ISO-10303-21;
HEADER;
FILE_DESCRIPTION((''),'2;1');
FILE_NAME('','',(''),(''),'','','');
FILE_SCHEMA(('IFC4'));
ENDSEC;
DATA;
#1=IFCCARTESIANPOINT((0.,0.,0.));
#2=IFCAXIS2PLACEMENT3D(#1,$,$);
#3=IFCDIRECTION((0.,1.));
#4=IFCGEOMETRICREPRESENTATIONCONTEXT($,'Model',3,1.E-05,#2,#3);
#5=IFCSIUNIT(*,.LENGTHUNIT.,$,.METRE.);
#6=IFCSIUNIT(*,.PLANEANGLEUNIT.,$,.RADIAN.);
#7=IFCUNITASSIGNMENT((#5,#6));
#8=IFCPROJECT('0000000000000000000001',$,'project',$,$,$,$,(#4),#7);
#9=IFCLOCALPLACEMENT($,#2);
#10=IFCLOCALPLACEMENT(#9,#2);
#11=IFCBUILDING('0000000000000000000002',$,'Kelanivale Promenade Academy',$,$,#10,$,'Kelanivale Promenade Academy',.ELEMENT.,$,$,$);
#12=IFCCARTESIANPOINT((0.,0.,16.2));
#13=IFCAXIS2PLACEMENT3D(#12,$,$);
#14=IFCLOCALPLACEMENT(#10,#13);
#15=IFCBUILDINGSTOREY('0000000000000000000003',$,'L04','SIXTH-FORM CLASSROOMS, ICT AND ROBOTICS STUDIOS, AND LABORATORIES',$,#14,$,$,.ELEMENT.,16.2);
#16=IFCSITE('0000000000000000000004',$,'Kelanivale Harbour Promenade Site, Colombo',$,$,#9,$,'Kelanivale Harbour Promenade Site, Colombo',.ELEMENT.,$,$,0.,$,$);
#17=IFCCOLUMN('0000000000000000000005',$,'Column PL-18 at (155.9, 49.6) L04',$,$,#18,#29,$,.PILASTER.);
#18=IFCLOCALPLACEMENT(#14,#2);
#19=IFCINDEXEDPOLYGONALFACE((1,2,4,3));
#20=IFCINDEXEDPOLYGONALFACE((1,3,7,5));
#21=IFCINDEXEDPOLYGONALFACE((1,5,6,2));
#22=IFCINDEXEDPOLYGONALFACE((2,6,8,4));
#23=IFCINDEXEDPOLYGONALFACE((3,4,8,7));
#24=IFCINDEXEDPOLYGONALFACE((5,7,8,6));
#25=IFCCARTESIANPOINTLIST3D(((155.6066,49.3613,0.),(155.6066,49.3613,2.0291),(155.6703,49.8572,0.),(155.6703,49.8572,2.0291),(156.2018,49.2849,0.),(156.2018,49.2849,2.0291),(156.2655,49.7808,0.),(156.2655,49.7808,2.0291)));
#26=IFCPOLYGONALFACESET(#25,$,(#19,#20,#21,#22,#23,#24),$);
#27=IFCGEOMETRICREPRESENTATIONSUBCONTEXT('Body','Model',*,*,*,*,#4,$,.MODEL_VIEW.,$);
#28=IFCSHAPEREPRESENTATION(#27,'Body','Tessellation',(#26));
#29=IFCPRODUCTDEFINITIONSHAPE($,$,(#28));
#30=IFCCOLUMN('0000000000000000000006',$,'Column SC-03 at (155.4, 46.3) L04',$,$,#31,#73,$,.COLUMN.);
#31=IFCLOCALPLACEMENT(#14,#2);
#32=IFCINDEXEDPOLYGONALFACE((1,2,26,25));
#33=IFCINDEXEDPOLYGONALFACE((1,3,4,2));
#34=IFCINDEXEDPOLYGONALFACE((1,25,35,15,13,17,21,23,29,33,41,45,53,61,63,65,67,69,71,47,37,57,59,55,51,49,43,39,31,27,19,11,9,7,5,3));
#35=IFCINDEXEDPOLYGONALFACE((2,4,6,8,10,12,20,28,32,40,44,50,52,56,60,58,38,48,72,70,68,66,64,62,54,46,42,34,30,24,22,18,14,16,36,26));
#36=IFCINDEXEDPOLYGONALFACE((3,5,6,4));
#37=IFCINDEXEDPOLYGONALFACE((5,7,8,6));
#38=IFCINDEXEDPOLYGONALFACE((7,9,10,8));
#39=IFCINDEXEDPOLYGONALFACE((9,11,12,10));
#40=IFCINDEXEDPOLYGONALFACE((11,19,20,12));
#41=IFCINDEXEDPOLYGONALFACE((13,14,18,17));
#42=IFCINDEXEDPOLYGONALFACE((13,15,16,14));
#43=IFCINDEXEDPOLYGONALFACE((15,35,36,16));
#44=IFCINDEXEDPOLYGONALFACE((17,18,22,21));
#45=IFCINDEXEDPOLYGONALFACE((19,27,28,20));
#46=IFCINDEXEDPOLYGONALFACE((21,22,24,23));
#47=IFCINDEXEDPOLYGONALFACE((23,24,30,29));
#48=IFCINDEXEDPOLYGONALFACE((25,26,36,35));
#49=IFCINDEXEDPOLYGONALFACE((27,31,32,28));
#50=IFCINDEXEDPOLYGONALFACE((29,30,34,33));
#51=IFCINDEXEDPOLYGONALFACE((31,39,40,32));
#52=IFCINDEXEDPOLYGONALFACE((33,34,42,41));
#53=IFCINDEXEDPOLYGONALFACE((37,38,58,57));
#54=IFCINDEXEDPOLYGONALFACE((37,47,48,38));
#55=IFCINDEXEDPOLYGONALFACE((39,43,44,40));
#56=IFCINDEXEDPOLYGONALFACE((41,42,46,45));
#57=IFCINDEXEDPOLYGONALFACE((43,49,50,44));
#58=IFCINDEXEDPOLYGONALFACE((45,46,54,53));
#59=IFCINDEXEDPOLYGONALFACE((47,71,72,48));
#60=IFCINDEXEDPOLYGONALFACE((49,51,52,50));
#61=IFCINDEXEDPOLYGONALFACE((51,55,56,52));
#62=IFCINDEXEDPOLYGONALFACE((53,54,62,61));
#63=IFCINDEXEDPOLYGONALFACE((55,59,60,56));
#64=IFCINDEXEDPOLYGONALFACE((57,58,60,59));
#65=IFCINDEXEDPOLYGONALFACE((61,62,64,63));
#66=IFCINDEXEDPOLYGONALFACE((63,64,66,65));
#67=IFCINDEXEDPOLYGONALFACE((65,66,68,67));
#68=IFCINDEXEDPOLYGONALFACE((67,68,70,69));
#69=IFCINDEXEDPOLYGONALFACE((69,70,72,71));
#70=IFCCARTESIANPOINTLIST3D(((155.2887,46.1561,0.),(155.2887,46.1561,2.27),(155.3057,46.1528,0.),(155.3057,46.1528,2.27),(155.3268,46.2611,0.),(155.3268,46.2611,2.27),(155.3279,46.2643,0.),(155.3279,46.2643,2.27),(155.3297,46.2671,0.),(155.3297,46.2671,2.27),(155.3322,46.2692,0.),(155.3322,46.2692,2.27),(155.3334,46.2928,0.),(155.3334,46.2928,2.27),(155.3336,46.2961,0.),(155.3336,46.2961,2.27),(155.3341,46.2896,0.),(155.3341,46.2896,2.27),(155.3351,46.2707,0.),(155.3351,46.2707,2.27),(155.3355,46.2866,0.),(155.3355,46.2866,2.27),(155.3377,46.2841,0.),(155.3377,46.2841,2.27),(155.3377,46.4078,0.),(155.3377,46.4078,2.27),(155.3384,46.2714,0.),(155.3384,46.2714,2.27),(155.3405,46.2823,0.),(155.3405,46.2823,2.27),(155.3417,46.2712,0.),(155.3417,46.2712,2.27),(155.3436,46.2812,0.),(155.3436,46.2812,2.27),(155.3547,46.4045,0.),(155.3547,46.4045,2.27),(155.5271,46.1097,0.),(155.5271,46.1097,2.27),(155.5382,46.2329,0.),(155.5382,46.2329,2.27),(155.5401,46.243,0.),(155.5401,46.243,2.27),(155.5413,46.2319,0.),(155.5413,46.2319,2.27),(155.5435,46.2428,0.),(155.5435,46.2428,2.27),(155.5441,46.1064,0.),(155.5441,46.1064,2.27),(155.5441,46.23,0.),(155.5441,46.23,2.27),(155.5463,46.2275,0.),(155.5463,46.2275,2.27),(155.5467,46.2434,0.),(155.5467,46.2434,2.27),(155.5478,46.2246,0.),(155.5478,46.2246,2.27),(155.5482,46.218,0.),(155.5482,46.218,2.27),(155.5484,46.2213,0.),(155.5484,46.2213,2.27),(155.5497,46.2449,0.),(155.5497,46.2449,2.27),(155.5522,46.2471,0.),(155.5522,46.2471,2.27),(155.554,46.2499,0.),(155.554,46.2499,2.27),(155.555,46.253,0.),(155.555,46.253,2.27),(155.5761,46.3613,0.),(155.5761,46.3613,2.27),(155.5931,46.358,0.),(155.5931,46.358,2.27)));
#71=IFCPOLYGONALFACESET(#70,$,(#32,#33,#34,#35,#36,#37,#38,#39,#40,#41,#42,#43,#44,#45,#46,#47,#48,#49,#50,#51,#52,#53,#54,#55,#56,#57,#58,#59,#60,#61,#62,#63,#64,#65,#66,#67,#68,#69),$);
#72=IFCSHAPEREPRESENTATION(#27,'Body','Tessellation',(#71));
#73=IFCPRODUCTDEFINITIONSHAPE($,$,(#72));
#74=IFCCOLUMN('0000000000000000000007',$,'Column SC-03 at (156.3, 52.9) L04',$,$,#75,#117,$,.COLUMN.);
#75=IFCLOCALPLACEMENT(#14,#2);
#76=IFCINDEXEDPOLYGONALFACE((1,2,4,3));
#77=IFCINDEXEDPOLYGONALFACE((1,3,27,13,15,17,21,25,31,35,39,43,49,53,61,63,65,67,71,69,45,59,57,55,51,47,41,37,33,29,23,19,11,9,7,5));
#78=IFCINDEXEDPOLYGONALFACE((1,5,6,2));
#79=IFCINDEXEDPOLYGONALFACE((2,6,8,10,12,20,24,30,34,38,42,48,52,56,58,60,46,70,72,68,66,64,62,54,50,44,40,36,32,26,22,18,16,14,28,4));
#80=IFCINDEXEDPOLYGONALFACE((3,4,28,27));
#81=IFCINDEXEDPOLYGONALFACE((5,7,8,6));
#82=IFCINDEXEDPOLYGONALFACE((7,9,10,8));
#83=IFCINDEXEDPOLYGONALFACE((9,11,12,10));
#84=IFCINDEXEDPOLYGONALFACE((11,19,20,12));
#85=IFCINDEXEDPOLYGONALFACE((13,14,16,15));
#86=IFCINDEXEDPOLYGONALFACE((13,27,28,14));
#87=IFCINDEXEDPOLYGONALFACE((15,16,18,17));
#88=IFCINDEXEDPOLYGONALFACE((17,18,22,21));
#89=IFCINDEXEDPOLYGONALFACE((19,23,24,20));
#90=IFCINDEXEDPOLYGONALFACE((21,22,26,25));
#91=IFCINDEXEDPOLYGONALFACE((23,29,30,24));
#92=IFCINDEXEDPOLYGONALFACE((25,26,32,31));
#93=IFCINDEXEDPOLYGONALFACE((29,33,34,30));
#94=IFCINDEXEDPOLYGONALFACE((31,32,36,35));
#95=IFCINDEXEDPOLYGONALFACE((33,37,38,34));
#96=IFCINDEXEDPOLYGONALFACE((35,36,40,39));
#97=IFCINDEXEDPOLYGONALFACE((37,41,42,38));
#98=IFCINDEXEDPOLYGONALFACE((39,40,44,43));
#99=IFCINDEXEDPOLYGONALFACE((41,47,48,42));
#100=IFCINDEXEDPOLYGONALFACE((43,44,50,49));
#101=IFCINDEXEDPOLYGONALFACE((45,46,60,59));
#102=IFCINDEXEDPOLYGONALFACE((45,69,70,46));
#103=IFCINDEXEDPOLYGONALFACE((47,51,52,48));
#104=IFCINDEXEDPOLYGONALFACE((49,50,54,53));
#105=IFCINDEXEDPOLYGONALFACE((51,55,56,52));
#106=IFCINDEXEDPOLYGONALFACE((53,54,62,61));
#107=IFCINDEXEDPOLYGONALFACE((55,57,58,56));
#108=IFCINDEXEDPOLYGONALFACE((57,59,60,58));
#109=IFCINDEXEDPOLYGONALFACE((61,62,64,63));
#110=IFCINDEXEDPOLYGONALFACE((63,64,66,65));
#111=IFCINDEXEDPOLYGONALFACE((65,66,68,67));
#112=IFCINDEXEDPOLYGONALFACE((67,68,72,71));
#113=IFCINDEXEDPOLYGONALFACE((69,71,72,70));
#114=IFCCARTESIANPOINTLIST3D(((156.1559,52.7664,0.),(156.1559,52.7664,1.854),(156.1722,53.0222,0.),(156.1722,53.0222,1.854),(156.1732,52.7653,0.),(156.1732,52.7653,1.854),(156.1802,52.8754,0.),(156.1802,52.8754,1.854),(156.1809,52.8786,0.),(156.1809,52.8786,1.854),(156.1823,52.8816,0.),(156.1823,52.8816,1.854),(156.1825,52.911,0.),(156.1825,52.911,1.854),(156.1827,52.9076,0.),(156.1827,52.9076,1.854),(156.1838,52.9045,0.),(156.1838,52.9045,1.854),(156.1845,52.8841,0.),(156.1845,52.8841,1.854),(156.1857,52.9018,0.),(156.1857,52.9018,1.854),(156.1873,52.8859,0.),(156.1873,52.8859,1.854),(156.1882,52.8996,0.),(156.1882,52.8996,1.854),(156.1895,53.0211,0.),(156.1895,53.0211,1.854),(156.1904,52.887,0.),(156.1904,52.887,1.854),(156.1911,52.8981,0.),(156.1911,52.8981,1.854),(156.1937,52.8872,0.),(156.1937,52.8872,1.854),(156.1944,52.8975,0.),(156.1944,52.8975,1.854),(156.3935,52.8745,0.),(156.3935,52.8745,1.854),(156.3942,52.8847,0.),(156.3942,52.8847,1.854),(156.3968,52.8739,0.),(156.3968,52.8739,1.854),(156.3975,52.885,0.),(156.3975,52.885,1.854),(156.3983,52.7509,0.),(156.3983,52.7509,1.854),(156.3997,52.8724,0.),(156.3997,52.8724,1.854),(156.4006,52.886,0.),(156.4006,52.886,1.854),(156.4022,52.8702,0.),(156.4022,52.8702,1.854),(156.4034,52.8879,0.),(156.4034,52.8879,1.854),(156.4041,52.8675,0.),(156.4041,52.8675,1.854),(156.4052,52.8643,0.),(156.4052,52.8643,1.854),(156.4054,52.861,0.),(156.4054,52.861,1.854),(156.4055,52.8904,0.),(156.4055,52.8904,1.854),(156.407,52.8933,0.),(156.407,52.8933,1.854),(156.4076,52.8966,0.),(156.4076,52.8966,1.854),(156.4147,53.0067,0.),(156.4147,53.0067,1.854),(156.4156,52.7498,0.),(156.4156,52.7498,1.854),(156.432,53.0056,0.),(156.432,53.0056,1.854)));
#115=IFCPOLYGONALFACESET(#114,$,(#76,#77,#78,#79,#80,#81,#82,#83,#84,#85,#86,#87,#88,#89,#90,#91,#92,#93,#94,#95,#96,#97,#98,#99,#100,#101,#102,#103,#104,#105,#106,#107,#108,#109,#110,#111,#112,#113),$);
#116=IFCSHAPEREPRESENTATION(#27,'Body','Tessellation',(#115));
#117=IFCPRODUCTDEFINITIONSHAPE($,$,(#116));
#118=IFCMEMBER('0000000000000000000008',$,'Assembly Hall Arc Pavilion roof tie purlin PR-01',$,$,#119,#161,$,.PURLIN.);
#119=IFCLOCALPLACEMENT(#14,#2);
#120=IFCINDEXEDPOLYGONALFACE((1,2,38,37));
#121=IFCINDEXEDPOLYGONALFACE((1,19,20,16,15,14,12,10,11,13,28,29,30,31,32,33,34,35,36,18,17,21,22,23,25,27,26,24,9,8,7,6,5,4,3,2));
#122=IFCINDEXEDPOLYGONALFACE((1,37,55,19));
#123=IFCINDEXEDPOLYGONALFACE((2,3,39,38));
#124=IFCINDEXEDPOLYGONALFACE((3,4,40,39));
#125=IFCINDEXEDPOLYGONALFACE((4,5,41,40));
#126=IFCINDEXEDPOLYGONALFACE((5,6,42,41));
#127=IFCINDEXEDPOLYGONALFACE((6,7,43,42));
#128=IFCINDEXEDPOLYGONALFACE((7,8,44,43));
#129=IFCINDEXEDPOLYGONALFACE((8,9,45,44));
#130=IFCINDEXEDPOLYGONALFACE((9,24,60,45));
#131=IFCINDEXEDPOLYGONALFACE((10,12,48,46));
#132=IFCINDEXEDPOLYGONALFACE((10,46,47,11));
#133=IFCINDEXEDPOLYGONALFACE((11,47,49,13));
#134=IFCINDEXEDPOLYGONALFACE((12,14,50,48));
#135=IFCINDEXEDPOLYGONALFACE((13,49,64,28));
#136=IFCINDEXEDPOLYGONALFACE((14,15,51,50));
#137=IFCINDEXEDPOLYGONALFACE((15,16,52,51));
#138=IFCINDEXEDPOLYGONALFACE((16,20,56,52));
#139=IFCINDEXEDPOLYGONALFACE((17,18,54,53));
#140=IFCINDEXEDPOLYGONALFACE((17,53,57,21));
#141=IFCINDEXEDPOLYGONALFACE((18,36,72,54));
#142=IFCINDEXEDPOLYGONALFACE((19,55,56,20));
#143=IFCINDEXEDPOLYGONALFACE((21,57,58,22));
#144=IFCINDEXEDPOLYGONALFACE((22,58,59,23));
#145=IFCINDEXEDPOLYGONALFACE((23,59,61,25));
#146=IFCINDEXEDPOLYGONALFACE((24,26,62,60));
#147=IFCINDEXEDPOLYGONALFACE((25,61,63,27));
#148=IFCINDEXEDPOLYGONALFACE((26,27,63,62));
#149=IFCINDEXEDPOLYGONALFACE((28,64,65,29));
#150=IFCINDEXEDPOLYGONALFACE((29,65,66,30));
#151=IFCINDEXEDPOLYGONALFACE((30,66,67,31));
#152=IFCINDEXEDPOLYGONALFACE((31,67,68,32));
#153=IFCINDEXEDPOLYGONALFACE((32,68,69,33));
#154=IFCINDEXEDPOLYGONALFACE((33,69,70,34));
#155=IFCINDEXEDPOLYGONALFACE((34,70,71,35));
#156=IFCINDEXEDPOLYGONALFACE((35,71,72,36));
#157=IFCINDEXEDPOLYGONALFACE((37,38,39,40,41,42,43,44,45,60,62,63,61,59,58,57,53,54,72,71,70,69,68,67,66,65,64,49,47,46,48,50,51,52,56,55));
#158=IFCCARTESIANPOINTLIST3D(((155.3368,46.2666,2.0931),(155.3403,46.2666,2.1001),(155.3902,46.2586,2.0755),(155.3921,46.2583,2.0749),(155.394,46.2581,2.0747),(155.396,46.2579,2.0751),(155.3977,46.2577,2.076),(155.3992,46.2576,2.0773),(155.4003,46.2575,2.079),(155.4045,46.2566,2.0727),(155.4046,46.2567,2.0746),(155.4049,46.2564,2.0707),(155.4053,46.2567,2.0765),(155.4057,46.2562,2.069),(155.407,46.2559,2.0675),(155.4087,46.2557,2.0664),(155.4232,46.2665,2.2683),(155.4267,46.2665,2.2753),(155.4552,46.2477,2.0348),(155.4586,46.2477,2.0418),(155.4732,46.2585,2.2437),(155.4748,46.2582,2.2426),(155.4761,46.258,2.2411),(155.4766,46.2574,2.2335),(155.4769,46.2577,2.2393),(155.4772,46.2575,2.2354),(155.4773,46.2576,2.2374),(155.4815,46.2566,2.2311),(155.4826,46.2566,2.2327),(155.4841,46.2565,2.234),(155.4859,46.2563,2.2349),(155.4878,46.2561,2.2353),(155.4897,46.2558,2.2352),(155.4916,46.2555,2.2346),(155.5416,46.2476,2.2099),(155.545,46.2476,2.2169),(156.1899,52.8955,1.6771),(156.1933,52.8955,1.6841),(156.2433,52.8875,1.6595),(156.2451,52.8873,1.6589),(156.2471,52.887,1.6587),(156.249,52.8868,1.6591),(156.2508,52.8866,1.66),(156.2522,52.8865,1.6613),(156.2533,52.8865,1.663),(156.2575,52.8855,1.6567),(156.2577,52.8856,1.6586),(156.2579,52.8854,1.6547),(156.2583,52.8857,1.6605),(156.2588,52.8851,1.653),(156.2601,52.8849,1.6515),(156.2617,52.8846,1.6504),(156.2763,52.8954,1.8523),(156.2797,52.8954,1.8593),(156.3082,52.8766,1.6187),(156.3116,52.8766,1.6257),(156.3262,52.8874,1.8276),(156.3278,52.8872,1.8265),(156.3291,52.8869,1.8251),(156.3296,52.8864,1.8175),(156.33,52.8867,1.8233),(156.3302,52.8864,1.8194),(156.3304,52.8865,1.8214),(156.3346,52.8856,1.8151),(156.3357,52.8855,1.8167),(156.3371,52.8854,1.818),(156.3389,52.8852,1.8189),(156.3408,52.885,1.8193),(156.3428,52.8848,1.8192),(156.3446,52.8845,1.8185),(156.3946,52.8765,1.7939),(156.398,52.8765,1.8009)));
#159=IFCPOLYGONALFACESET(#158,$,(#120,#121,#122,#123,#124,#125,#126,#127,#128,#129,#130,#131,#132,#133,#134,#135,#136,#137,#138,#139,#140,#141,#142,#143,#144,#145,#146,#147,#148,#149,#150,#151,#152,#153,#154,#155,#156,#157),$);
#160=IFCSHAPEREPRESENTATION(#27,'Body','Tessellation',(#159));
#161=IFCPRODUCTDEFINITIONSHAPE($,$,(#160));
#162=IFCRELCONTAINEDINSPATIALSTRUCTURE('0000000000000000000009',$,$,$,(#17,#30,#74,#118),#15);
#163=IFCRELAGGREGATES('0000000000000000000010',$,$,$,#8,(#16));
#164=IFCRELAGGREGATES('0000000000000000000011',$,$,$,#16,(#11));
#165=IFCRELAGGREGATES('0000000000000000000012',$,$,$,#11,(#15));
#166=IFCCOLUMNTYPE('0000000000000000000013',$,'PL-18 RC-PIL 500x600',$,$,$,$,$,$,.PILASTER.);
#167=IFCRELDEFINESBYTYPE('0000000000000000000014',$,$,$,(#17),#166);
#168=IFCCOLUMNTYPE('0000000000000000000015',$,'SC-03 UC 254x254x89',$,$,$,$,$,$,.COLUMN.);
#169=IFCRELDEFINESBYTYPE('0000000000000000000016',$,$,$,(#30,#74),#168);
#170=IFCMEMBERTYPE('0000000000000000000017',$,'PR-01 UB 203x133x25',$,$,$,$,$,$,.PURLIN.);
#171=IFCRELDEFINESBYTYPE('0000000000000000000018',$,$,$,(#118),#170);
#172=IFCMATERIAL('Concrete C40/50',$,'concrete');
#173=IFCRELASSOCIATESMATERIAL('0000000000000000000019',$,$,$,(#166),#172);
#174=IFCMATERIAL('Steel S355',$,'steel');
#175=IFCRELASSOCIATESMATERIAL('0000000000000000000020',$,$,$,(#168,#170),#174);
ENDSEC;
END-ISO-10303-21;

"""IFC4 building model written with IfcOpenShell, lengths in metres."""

from ifc_helpers import new_model, si_unit, direction, frame, origin, origin_2d, place, context, subcontext, project, spatial, rectangle, i_section, extrude, material, material_profile, profile_set, type_object, element, save


model = new_model("IFC4")

# Units and contexts
model_context = context("Model", 3, precision=1e-05, world=origin(), true_north=direction((0.0, 1.0)))
body_context = subcontext(model_context, "Body", "Model", "MODEL_VIEW")
ifc_project = project(units=[si_unit("LENGTHUNIT", "METRE"), si_unit("PLANEANGLEUNIT", "RADIAN")], contexts=[model_context])

# Site, building, storey
site_placement = place(None, origin())
site = spatial("IfcSite", under=ifc_project, at=site_placement, Name="Kelanivale Harbour Promenade Site, Colombo", LongName="Kelanivale Harbour Promenade Site, Colombo", CompositionType="ELEMENT", RefElevation=0.0)
building_placement = place(site_placement, origin())
building = spatial("IfcBuilding", under=site, at=building_placement, Name="Kelanivale Promenade Academy", LongName="Kelanivale Promenade Academy", CompositionType="ELEMENT")
storey_placement = place(building_placement, frame((0.0, 0.0, 16.2)))
storey = spatial("IfcBuildingStorey", under=building, at=storey_placement, Name="L04", Description="SIXTH-FORM CLASSROOMS, ICT AND ROBOTICS STUDIOS, AND LABORATORIES", CompositionType="ELEMENT", Elevation=16.2)

# Columns
ifc_material_1 = material(Name="Concrete C40/50", Category="concrete")
ifc_material_profile_1 = material_profile(ifc_material_1, rectangle(XDim=0.5, YDim=0.6001, at=origin_2d()), Name="RC-PIL 500x600")
ifc_profile_set_1 = profile_set([ifc_material_profile_1], Name="Concrete C40/50")
column_type_1 = type_object("IfcColumnType", Name="PL-18 RC-PIL 500x600", PredefinedType="PILASTER", material=ifc_profile_set_1)
column_1_placement = place(storey_placement, frame((155.936, 49.571, 0.0), z_axis=(0.0, 0.0, 1.0), x_axis=(0.127411, 0.99185, 0.0)))
element("IfcColumn", 1, at=column_1_placement, inside=storey, type_object=column_type_1, Name="Column PL-18 at (155.9, 49.6) L04", PredefinedType="PILASTER", context=body_context, shape_type="SweptSolid", body=[
    extrude(rectangle(XDim=0.5, YDim=0.6001, at=origin_2d()), origin(), (0.0, 0.0, 1.0), 2.0291),
])
ifc_material_2 = material(Name="Steel S355", Category="steel")
ifc_material_profile_2 = material_profile(ifc_material_2, i_section(OverallWidth=0.2563, OverallDepth=0.2603, WebThickness=0.0103, FlangeThickness=0.0173, FilletRadius=0.0127, at=origin_2d()), Name="UC 254x254x89")
ifc_profile_set_2 = profile_set([ifc_material_profile_2], Name="Steel S355")
column_type_2 = type_object("IfcColumnType", Name="SC-03 UC 254x254x89", PredefinedType="COLUMN", material=ifc_profile_set_2)
column_2_placement = place(storey_placement, frame((155.4409, 46.2571, 0.0), z_axis=(0.0, 0.0, 1.0), x_axis=(0.191152, 0.981561, 0.0)))
element("IfcColumn", 2, at=column_2_placement, inside=storey, type_object=column_type_2, Name="Column SC-03 at (155.4, 46.3) L04", PredefinedType="COLUMN", context=body_context, shape_type="SweptSolid", body=[
    extrude(i_section(OverallWidth=0.2563, OverallDepth=0.2603, WebThickness=0.0103, FlangeThickness=0.0173, FilletRadius=0.0127, at=origin_2d()), origin(), (0.0, 0.0, 1.0), 2.27),
])
column_3_placement = place(storey_placement, frame((156.2939, 52.886, 0.0), z_axis=(0.0, 0.0, 1.0), x_axis=(0.063661, 0.997972, 0.0)))
element("IfcColumn", 3, at=column_3_placement, inside=storey, type_object=column_type_2, Name="Column SC-03 at (156.3, 52.9) L04", PredefinedType="COLUMN", context=body_context, shape_type="SweptSolid", body=[
    extrude(i_section(OverallWidth=0.2563, OverallDepth=0.2603, WebThickness=0.0103, FlangeThickness=0.0173, FilletRadius=0.0127, at=origin_2d()), origin(), (0.0, 0.0, 1.0), 1.854),
])

# Member
ifc_material_profile_3 = material_profile(ifc_material_2, i_section(OverallWidth=0.1333, OverallDepth=0.2031, WebThickness=0.0056, FlangeThickness=0.0078, FilletRadius=0.0076, at=origin_2d()), Name="UB 203x133x25")
ifc_profile_set_3 = profile_set([ifc_material_profile_3], Name="Steel S355")
member_type_1 = type_object("IfcMemberType", Name="PR-01 UB 203x133x25", PredefinedType="PURLIN", material=ifc_profile_set_3)
member_1_placement = place(storey_placement, frame((155.4409, 46.2571, 2.155), z_axis=(0.127384, 0.989906, -0.062124), x_axis=(-0.887736, 0.141724, 0.437994)))
element("IfcMember", 4, at=member_1_placement, inside=storey, type_object=member_type_1, Name="Assembly Hall Arc Pavilion roof tie purlin PR-01", PredefinedType="PURLIN", context=body_context, shape_type="SweptSolid", body=[
    extrude(i_section(OverallWidth=0.1333, OverallDepth=0.2031, WebThickness=0.0056, FlangeThickness=0.0078, FilletRadius=0.0076, at=origin_2d()), origin(), (0.0, 0.0, 1.0), 6.6965),
])

save(model, "model.ifc")
